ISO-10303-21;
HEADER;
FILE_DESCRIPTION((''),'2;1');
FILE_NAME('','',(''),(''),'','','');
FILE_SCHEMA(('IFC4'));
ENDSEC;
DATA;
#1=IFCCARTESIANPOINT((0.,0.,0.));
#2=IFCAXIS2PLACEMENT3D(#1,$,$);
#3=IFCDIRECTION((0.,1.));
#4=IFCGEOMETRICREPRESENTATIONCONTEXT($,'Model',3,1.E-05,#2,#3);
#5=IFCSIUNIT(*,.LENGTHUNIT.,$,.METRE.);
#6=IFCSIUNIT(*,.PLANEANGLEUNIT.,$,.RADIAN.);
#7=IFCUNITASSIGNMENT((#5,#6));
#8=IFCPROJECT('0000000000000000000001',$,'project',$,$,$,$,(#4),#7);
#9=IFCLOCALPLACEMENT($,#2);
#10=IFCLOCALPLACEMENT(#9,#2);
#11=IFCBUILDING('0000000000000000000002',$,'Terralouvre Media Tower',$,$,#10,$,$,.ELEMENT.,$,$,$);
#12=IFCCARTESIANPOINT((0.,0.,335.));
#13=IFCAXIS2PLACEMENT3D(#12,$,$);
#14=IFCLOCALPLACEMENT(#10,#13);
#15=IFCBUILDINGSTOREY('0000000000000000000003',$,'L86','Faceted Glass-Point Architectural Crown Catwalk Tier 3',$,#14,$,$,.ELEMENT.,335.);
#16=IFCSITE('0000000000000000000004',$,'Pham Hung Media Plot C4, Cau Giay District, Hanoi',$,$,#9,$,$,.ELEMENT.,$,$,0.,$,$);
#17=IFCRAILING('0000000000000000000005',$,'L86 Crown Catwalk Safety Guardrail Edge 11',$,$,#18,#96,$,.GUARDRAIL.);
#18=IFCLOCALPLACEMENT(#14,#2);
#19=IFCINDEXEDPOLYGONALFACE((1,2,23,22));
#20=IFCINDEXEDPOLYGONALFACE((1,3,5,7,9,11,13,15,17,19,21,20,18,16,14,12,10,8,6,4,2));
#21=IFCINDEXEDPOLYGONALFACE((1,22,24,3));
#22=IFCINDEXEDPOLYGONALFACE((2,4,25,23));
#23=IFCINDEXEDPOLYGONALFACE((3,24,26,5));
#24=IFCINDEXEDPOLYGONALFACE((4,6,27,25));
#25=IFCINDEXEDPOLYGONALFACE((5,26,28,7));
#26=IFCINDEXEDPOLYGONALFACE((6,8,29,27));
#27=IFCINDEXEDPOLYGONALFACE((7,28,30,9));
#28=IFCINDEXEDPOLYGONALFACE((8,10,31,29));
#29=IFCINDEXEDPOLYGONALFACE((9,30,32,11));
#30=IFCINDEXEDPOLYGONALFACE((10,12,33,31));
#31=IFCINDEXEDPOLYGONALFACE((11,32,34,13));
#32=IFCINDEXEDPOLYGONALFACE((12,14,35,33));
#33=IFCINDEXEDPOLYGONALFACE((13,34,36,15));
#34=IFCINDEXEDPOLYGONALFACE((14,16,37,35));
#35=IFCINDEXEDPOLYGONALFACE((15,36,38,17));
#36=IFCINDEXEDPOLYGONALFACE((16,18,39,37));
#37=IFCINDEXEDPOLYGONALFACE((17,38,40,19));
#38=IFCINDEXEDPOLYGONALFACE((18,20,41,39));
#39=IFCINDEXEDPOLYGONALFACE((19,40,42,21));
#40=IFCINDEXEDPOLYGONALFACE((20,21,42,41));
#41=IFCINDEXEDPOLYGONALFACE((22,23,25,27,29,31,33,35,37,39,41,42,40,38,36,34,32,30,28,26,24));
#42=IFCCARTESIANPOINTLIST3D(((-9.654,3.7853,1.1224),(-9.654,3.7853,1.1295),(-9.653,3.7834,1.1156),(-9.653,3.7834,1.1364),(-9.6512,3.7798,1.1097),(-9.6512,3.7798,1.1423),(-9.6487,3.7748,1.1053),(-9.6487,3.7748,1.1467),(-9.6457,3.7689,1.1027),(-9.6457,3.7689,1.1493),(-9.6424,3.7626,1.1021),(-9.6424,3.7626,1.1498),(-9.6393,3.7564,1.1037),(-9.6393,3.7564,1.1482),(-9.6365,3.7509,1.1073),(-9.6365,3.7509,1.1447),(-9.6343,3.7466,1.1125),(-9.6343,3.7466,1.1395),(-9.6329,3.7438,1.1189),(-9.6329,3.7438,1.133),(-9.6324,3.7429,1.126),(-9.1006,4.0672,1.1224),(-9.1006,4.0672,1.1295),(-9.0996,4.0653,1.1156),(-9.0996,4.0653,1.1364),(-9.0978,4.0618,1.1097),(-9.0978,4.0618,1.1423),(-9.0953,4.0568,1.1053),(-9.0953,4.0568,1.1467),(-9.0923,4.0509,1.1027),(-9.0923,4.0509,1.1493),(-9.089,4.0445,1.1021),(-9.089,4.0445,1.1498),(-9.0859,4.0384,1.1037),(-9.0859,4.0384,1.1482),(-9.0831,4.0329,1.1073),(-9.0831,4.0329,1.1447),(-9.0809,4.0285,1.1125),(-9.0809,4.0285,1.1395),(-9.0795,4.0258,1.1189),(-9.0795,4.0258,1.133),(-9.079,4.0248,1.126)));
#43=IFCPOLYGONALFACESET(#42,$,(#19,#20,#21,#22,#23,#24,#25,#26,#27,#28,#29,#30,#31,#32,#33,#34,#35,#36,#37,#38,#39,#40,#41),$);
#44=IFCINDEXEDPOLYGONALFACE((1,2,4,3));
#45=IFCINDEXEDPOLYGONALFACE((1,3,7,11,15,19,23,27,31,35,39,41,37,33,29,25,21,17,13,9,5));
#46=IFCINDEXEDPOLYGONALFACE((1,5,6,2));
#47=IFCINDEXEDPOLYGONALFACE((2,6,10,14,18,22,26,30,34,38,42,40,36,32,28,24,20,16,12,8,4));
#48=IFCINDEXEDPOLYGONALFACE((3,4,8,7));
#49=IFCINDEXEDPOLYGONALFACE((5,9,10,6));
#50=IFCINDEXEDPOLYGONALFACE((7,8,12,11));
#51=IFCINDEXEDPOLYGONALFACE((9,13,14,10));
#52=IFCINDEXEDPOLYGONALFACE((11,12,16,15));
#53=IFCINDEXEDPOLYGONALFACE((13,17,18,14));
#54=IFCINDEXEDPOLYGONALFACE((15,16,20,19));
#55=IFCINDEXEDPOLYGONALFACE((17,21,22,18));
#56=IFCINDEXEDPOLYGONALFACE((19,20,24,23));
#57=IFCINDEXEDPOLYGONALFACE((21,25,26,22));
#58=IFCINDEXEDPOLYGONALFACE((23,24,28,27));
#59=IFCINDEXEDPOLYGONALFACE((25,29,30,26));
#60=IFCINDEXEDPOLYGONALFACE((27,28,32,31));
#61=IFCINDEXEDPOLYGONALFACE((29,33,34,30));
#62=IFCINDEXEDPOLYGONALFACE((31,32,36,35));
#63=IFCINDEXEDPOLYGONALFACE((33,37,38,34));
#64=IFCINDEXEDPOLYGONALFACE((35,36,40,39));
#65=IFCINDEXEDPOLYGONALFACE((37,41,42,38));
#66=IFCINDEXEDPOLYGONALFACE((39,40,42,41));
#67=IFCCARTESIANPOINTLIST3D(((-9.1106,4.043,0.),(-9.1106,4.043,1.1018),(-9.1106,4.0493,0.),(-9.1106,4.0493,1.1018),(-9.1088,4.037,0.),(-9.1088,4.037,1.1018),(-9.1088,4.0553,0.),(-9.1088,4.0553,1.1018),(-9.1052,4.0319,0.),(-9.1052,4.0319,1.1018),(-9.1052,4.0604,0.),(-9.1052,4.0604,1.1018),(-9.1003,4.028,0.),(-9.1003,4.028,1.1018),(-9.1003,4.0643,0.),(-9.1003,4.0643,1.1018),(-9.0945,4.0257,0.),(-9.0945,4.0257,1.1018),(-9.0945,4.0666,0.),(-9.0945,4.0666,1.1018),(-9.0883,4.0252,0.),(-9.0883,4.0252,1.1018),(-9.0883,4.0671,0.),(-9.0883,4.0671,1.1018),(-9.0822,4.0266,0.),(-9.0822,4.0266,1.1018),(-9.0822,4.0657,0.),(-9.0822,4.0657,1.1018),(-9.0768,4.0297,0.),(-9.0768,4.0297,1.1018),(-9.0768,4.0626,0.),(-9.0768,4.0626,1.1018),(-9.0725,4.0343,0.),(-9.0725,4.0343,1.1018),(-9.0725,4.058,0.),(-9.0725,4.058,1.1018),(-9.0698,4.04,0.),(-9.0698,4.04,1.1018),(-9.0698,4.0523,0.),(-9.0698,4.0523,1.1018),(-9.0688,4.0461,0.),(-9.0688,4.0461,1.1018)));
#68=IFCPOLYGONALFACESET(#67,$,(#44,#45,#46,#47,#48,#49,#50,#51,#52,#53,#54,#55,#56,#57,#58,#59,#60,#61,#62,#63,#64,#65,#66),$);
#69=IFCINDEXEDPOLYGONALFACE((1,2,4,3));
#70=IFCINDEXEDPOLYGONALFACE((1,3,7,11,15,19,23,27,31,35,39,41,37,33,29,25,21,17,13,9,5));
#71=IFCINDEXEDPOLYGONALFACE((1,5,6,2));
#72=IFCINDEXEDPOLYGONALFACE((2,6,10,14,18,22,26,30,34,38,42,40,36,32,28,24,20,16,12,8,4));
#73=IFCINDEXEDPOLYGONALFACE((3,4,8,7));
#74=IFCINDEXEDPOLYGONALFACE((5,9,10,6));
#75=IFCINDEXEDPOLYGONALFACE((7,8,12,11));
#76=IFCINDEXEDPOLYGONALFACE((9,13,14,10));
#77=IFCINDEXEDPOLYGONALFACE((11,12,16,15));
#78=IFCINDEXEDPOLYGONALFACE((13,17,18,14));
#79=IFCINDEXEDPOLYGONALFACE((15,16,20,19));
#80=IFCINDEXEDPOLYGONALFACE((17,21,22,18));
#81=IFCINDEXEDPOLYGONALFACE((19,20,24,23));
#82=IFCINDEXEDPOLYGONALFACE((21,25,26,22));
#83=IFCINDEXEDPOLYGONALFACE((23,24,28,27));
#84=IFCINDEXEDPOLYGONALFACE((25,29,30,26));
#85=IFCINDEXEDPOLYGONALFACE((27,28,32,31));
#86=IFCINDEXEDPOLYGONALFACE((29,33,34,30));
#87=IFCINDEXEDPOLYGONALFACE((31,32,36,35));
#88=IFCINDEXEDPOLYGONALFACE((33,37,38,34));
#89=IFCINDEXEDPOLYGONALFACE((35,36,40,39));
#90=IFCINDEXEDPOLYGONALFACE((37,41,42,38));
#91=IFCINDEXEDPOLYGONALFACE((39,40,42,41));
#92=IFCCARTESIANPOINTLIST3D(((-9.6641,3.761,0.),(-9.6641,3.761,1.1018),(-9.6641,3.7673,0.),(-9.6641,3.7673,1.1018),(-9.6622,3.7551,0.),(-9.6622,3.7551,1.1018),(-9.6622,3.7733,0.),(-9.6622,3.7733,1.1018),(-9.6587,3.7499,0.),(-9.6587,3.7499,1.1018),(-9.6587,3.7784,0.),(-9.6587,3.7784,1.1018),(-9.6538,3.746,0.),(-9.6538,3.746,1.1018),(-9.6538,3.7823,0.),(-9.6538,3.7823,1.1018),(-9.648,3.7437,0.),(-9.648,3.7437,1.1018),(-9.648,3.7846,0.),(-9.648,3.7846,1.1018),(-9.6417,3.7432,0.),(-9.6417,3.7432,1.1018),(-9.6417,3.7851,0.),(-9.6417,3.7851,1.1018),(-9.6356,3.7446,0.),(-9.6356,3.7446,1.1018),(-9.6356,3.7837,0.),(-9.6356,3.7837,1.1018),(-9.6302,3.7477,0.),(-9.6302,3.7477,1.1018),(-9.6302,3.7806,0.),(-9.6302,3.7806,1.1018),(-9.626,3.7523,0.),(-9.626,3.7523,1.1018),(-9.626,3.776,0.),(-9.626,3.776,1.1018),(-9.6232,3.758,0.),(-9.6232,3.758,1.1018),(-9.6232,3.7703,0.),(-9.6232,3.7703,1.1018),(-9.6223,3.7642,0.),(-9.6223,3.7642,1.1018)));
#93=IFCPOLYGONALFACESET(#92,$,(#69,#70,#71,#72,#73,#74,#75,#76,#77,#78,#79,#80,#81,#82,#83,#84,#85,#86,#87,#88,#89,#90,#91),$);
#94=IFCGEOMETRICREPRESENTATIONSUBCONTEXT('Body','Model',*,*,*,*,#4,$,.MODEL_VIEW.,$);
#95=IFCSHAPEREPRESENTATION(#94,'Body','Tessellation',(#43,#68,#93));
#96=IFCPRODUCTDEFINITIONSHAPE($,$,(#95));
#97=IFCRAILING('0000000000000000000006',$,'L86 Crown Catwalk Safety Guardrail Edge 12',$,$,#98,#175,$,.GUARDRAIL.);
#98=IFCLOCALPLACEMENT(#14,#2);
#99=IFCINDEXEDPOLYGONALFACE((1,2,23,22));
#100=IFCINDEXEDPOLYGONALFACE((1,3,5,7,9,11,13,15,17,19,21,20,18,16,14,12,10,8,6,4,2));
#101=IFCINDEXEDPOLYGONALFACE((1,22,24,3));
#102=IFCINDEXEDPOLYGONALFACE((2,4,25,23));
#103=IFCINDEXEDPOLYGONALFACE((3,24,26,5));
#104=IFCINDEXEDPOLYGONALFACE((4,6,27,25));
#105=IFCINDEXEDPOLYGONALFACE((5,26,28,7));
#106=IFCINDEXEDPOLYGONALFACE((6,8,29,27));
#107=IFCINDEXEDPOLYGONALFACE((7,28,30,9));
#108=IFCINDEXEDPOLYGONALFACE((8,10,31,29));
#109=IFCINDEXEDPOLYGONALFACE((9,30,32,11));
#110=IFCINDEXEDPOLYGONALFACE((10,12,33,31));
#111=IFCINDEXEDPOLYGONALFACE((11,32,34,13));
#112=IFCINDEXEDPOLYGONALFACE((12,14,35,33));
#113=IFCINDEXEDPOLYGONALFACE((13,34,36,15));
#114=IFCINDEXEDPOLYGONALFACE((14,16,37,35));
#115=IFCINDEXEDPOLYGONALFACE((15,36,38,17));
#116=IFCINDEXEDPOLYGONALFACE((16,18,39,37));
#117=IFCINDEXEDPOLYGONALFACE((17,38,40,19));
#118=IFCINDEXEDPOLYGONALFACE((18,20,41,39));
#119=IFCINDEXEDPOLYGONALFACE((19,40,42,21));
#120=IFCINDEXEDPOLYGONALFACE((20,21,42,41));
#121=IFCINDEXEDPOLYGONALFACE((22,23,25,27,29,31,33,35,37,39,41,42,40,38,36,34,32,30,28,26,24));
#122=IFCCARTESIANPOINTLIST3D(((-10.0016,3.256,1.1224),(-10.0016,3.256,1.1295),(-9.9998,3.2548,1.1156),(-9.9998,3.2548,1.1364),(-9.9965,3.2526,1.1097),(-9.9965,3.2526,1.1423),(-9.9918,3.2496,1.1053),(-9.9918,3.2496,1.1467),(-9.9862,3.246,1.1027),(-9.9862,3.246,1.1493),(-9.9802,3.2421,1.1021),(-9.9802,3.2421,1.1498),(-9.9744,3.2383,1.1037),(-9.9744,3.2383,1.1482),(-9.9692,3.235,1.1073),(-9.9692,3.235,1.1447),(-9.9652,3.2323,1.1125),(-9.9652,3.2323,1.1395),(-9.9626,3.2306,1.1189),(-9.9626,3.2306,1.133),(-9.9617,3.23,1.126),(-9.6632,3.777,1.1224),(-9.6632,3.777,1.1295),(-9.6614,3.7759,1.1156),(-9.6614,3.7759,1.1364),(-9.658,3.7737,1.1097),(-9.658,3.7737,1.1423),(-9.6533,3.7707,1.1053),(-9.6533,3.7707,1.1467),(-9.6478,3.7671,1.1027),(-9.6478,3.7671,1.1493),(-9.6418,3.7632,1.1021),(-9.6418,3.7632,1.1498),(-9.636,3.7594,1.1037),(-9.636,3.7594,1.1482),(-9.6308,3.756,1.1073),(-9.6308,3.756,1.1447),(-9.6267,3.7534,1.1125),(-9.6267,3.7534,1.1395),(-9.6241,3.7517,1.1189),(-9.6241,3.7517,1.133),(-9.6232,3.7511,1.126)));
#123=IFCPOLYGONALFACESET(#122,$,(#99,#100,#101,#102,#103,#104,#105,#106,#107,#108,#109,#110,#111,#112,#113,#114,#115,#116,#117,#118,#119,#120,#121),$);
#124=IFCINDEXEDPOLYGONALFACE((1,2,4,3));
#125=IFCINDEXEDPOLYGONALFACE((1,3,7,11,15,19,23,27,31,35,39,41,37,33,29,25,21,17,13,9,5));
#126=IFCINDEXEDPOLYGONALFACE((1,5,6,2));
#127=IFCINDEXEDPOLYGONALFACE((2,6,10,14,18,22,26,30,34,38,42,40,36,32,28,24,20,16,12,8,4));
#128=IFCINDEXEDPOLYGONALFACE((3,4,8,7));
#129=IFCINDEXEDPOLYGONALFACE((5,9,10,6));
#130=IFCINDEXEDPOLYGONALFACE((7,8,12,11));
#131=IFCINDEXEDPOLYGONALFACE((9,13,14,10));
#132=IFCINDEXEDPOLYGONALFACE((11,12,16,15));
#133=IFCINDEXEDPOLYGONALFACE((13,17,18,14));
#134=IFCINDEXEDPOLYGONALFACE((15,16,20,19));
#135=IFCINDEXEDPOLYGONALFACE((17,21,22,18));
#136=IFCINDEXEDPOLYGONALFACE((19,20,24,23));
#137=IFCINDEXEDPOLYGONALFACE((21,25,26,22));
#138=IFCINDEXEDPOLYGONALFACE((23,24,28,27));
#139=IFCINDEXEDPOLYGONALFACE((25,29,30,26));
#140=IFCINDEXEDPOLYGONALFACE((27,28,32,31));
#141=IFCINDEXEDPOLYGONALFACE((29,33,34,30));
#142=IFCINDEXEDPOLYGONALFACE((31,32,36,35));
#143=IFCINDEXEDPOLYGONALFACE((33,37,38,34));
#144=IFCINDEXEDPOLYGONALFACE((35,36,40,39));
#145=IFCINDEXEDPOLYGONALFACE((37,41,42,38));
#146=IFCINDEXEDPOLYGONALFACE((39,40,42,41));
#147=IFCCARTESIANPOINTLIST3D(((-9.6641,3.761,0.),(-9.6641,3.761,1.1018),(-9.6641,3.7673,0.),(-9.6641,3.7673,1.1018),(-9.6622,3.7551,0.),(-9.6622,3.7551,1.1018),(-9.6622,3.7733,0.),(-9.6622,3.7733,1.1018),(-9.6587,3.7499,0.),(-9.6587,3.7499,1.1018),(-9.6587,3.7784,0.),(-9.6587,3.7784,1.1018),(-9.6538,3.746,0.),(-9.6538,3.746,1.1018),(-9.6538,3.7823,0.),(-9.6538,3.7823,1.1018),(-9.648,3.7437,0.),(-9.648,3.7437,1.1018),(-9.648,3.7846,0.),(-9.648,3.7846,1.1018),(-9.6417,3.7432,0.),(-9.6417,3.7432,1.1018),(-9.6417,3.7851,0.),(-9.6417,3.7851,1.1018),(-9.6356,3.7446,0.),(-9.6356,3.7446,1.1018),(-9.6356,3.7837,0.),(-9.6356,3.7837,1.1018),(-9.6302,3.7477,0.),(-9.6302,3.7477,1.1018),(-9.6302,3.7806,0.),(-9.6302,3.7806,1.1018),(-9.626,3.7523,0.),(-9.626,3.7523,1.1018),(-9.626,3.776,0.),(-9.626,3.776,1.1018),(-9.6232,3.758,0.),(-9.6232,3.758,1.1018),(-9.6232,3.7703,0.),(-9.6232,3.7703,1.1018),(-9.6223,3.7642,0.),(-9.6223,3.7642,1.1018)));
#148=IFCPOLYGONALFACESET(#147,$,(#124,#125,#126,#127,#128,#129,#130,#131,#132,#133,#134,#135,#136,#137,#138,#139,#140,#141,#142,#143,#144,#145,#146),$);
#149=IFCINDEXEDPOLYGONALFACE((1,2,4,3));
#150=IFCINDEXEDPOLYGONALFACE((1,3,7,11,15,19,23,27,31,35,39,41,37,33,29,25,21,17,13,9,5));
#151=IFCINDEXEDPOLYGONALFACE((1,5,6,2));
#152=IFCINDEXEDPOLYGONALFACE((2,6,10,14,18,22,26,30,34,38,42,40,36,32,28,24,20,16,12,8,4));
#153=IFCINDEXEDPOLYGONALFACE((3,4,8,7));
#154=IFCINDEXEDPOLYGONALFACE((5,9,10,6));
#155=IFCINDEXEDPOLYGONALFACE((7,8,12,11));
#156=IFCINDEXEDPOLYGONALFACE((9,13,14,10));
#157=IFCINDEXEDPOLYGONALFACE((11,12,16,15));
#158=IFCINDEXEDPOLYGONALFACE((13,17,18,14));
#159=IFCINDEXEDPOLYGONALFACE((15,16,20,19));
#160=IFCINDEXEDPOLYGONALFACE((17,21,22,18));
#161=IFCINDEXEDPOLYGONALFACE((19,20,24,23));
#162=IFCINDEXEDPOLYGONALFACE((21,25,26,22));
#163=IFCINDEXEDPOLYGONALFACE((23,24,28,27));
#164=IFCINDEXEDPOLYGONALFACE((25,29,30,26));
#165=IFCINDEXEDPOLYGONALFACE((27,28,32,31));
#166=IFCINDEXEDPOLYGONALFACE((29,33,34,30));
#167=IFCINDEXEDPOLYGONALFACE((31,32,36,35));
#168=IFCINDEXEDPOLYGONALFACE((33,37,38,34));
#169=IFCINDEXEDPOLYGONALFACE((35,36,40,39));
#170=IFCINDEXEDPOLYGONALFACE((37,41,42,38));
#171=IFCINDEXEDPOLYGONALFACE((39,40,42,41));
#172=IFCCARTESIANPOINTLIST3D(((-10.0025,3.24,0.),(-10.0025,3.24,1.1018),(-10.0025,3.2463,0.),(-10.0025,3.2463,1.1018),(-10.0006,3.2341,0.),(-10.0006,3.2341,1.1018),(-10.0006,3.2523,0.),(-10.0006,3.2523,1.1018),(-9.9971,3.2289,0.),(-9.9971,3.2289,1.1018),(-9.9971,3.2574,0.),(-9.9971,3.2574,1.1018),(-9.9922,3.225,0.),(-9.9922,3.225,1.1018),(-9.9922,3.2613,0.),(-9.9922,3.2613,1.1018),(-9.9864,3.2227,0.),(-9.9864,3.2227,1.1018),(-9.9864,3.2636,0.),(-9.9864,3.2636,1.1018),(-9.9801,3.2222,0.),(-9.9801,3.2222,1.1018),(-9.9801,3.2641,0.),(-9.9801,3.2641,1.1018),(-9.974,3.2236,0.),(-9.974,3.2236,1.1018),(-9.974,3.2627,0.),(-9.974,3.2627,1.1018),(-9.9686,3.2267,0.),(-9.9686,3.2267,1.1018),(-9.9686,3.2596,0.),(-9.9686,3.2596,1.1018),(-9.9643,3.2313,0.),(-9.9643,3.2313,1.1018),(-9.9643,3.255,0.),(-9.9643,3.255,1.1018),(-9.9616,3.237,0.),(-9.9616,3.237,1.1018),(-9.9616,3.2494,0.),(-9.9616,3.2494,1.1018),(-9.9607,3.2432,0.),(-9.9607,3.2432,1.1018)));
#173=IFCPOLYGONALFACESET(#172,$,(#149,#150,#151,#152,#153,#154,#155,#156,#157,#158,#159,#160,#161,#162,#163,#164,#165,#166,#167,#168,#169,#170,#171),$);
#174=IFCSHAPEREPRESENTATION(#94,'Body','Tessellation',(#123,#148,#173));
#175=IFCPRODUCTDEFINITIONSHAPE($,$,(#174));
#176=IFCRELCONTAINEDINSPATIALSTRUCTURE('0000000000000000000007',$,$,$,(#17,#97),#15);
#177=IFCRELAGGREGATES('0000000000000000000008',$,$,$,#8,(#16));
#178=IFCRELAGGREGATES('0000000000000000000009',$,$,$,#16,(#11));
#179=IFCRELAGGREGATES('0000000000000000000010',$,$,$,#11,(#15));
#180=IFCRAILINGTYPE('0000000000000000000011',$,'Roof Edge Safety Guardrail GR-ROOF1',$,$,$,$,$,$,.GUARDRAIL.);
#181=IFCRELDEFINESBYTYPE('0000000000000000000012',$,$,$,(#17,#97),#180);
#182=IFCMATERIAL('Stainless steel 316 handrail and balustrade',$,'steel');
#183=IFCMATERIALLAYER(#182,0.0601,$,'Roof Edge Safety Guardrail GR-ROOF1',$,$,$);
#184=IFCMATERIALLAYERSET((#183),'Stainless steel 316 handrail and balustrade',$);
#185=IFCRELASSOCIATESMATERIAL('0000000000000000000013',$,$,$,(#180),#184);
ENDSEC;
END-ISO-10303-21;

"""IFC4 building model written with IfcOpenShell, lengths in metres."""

from ifc_helpers import new_model, si_unit, direction, frame, origin, origin_2d, place, context, subcontext, project, spatial, circle, extrude, material, layer, layer_set, type_object, element, save


model = new_model("IFC4")

# Units and contexts
model_context = context("Model", 3, precision=1e-05, world=origin(), true_north=direction((0.0, 1.0)))
body_context = subcontext(model_context, "Body", "Model", "MODEL_VIEW")
ifc_project = project(units=[si_unit("LENGTHUNIT", "METRE"), si_unit("PLANEANGLEUNIT", "RADIAN")], contexts=[model_context])

# Site, building, storey
site_placement = place(None, origin())
site = spatial("IfcSite", under=ifc_project, at=site_placement, Name="Pham Hung Media Plot C4, Cau Giay District, Hanoi", CompositionType="ELEMENT", RefElevation=0.0)
building_placement = place(site_placement, origin())
building = spatial("IfcBuilding", under=site, at=building_placement, Name="Terralouvre Media Tower", CompositionType="ELEMENT")
storey_placement = place(building_placement, frame((0.0, 0.0, 335.0)))
storey = spatial("IfcBuildingStorey", under=building, at=storey_placement, Name="L86", Description="Faceted Glass-Point Architectural Crown Catwalk Tier 3", CompositionType="ELEMENT", Elevation=335.0)

# Railings
ifc_material_1 = material(Name="Stainless steel 316 handrail and balustrade", Category="steel")
ifc_layer_1 = layer(ifc_material_1, 0.0601, Name="Roof Edge Safety Guardrail GR-ROOF1")
ifc_layer_set_1 = layer_set([ifc_layer_1], Name="Stainless steel 316 handrail and balustrade")
railing_type = type_object("IfcRailingType", Name="Roof Edge Safety Guardrail GR-ROOF1", PredefinedType="GUARDRAIL", material=ifc_layer_set_1)
railing_1_placement = place(storey_placement, frame((-9.0898, 4.0461, 0.0)))
element("IfcRailing", 1, at=railing_1_placement, inside=storey, type_object=railing_type, Name="L86 Crown Catwalk Safety Guardrail Edge 11", PredefinedType="GUARDRAIL", context=body_context, shape_type="SweptSolid", body=[
    extrude(circle(Radius=0.0239, at=origin_2d()), frame((0.0, 0.0, 1.126), z_axis=(-0.891021, -0.453961, 0.0), x_axis=(0.453961, -0.891021, 0.0)), (0.0, 0.0, 1.0), 0.6211),
    extrude(circle(Radius=0.021, at=origin_2d()), origin(), (0.0, 0.0, 1.0), 1.1018),
    extrude(circle(Radius=0.021, at=origin_2d()), frame((-0.5535, -0.282, 0.0)), (0.0, 0.0, 1.0), 1.1018),
])
railing_2_placement = place(storey_placement, frame((-9.6433, 3.7642, 0.0)))
element("IfcRailing", 2, at=railing_2_placement, inside=storey, type_object=railing_type, Name="L86 Crown Catwalk Safety Guardrail Edge 12", PredefinedType="GUARDRAIL", context=body_context, shape_type="SweptSolid", body=[
    extrude(circle(Radius=0.0239, at=origin_2d()), frame((0.0, 0.0, 1.126), z_axis=(-0.544684, -0.838641, 0.0), x_axis=(0.838641, -0.544684, 0.0)), (0.0, 0.0, 1.0), 0.6213),
    extrude(circle(Radius=0.021, at=origin_2d()), origin(), (0.0, 0.0, 1.0), 1.1018),
    extrude(circle(Radius=0.021, at=origin_2d()), frame((-0.3384, -0.521, 0.0)), (0.0, 0.0, 1.0), 1.1018),
])

save(model, "model.ifc")
